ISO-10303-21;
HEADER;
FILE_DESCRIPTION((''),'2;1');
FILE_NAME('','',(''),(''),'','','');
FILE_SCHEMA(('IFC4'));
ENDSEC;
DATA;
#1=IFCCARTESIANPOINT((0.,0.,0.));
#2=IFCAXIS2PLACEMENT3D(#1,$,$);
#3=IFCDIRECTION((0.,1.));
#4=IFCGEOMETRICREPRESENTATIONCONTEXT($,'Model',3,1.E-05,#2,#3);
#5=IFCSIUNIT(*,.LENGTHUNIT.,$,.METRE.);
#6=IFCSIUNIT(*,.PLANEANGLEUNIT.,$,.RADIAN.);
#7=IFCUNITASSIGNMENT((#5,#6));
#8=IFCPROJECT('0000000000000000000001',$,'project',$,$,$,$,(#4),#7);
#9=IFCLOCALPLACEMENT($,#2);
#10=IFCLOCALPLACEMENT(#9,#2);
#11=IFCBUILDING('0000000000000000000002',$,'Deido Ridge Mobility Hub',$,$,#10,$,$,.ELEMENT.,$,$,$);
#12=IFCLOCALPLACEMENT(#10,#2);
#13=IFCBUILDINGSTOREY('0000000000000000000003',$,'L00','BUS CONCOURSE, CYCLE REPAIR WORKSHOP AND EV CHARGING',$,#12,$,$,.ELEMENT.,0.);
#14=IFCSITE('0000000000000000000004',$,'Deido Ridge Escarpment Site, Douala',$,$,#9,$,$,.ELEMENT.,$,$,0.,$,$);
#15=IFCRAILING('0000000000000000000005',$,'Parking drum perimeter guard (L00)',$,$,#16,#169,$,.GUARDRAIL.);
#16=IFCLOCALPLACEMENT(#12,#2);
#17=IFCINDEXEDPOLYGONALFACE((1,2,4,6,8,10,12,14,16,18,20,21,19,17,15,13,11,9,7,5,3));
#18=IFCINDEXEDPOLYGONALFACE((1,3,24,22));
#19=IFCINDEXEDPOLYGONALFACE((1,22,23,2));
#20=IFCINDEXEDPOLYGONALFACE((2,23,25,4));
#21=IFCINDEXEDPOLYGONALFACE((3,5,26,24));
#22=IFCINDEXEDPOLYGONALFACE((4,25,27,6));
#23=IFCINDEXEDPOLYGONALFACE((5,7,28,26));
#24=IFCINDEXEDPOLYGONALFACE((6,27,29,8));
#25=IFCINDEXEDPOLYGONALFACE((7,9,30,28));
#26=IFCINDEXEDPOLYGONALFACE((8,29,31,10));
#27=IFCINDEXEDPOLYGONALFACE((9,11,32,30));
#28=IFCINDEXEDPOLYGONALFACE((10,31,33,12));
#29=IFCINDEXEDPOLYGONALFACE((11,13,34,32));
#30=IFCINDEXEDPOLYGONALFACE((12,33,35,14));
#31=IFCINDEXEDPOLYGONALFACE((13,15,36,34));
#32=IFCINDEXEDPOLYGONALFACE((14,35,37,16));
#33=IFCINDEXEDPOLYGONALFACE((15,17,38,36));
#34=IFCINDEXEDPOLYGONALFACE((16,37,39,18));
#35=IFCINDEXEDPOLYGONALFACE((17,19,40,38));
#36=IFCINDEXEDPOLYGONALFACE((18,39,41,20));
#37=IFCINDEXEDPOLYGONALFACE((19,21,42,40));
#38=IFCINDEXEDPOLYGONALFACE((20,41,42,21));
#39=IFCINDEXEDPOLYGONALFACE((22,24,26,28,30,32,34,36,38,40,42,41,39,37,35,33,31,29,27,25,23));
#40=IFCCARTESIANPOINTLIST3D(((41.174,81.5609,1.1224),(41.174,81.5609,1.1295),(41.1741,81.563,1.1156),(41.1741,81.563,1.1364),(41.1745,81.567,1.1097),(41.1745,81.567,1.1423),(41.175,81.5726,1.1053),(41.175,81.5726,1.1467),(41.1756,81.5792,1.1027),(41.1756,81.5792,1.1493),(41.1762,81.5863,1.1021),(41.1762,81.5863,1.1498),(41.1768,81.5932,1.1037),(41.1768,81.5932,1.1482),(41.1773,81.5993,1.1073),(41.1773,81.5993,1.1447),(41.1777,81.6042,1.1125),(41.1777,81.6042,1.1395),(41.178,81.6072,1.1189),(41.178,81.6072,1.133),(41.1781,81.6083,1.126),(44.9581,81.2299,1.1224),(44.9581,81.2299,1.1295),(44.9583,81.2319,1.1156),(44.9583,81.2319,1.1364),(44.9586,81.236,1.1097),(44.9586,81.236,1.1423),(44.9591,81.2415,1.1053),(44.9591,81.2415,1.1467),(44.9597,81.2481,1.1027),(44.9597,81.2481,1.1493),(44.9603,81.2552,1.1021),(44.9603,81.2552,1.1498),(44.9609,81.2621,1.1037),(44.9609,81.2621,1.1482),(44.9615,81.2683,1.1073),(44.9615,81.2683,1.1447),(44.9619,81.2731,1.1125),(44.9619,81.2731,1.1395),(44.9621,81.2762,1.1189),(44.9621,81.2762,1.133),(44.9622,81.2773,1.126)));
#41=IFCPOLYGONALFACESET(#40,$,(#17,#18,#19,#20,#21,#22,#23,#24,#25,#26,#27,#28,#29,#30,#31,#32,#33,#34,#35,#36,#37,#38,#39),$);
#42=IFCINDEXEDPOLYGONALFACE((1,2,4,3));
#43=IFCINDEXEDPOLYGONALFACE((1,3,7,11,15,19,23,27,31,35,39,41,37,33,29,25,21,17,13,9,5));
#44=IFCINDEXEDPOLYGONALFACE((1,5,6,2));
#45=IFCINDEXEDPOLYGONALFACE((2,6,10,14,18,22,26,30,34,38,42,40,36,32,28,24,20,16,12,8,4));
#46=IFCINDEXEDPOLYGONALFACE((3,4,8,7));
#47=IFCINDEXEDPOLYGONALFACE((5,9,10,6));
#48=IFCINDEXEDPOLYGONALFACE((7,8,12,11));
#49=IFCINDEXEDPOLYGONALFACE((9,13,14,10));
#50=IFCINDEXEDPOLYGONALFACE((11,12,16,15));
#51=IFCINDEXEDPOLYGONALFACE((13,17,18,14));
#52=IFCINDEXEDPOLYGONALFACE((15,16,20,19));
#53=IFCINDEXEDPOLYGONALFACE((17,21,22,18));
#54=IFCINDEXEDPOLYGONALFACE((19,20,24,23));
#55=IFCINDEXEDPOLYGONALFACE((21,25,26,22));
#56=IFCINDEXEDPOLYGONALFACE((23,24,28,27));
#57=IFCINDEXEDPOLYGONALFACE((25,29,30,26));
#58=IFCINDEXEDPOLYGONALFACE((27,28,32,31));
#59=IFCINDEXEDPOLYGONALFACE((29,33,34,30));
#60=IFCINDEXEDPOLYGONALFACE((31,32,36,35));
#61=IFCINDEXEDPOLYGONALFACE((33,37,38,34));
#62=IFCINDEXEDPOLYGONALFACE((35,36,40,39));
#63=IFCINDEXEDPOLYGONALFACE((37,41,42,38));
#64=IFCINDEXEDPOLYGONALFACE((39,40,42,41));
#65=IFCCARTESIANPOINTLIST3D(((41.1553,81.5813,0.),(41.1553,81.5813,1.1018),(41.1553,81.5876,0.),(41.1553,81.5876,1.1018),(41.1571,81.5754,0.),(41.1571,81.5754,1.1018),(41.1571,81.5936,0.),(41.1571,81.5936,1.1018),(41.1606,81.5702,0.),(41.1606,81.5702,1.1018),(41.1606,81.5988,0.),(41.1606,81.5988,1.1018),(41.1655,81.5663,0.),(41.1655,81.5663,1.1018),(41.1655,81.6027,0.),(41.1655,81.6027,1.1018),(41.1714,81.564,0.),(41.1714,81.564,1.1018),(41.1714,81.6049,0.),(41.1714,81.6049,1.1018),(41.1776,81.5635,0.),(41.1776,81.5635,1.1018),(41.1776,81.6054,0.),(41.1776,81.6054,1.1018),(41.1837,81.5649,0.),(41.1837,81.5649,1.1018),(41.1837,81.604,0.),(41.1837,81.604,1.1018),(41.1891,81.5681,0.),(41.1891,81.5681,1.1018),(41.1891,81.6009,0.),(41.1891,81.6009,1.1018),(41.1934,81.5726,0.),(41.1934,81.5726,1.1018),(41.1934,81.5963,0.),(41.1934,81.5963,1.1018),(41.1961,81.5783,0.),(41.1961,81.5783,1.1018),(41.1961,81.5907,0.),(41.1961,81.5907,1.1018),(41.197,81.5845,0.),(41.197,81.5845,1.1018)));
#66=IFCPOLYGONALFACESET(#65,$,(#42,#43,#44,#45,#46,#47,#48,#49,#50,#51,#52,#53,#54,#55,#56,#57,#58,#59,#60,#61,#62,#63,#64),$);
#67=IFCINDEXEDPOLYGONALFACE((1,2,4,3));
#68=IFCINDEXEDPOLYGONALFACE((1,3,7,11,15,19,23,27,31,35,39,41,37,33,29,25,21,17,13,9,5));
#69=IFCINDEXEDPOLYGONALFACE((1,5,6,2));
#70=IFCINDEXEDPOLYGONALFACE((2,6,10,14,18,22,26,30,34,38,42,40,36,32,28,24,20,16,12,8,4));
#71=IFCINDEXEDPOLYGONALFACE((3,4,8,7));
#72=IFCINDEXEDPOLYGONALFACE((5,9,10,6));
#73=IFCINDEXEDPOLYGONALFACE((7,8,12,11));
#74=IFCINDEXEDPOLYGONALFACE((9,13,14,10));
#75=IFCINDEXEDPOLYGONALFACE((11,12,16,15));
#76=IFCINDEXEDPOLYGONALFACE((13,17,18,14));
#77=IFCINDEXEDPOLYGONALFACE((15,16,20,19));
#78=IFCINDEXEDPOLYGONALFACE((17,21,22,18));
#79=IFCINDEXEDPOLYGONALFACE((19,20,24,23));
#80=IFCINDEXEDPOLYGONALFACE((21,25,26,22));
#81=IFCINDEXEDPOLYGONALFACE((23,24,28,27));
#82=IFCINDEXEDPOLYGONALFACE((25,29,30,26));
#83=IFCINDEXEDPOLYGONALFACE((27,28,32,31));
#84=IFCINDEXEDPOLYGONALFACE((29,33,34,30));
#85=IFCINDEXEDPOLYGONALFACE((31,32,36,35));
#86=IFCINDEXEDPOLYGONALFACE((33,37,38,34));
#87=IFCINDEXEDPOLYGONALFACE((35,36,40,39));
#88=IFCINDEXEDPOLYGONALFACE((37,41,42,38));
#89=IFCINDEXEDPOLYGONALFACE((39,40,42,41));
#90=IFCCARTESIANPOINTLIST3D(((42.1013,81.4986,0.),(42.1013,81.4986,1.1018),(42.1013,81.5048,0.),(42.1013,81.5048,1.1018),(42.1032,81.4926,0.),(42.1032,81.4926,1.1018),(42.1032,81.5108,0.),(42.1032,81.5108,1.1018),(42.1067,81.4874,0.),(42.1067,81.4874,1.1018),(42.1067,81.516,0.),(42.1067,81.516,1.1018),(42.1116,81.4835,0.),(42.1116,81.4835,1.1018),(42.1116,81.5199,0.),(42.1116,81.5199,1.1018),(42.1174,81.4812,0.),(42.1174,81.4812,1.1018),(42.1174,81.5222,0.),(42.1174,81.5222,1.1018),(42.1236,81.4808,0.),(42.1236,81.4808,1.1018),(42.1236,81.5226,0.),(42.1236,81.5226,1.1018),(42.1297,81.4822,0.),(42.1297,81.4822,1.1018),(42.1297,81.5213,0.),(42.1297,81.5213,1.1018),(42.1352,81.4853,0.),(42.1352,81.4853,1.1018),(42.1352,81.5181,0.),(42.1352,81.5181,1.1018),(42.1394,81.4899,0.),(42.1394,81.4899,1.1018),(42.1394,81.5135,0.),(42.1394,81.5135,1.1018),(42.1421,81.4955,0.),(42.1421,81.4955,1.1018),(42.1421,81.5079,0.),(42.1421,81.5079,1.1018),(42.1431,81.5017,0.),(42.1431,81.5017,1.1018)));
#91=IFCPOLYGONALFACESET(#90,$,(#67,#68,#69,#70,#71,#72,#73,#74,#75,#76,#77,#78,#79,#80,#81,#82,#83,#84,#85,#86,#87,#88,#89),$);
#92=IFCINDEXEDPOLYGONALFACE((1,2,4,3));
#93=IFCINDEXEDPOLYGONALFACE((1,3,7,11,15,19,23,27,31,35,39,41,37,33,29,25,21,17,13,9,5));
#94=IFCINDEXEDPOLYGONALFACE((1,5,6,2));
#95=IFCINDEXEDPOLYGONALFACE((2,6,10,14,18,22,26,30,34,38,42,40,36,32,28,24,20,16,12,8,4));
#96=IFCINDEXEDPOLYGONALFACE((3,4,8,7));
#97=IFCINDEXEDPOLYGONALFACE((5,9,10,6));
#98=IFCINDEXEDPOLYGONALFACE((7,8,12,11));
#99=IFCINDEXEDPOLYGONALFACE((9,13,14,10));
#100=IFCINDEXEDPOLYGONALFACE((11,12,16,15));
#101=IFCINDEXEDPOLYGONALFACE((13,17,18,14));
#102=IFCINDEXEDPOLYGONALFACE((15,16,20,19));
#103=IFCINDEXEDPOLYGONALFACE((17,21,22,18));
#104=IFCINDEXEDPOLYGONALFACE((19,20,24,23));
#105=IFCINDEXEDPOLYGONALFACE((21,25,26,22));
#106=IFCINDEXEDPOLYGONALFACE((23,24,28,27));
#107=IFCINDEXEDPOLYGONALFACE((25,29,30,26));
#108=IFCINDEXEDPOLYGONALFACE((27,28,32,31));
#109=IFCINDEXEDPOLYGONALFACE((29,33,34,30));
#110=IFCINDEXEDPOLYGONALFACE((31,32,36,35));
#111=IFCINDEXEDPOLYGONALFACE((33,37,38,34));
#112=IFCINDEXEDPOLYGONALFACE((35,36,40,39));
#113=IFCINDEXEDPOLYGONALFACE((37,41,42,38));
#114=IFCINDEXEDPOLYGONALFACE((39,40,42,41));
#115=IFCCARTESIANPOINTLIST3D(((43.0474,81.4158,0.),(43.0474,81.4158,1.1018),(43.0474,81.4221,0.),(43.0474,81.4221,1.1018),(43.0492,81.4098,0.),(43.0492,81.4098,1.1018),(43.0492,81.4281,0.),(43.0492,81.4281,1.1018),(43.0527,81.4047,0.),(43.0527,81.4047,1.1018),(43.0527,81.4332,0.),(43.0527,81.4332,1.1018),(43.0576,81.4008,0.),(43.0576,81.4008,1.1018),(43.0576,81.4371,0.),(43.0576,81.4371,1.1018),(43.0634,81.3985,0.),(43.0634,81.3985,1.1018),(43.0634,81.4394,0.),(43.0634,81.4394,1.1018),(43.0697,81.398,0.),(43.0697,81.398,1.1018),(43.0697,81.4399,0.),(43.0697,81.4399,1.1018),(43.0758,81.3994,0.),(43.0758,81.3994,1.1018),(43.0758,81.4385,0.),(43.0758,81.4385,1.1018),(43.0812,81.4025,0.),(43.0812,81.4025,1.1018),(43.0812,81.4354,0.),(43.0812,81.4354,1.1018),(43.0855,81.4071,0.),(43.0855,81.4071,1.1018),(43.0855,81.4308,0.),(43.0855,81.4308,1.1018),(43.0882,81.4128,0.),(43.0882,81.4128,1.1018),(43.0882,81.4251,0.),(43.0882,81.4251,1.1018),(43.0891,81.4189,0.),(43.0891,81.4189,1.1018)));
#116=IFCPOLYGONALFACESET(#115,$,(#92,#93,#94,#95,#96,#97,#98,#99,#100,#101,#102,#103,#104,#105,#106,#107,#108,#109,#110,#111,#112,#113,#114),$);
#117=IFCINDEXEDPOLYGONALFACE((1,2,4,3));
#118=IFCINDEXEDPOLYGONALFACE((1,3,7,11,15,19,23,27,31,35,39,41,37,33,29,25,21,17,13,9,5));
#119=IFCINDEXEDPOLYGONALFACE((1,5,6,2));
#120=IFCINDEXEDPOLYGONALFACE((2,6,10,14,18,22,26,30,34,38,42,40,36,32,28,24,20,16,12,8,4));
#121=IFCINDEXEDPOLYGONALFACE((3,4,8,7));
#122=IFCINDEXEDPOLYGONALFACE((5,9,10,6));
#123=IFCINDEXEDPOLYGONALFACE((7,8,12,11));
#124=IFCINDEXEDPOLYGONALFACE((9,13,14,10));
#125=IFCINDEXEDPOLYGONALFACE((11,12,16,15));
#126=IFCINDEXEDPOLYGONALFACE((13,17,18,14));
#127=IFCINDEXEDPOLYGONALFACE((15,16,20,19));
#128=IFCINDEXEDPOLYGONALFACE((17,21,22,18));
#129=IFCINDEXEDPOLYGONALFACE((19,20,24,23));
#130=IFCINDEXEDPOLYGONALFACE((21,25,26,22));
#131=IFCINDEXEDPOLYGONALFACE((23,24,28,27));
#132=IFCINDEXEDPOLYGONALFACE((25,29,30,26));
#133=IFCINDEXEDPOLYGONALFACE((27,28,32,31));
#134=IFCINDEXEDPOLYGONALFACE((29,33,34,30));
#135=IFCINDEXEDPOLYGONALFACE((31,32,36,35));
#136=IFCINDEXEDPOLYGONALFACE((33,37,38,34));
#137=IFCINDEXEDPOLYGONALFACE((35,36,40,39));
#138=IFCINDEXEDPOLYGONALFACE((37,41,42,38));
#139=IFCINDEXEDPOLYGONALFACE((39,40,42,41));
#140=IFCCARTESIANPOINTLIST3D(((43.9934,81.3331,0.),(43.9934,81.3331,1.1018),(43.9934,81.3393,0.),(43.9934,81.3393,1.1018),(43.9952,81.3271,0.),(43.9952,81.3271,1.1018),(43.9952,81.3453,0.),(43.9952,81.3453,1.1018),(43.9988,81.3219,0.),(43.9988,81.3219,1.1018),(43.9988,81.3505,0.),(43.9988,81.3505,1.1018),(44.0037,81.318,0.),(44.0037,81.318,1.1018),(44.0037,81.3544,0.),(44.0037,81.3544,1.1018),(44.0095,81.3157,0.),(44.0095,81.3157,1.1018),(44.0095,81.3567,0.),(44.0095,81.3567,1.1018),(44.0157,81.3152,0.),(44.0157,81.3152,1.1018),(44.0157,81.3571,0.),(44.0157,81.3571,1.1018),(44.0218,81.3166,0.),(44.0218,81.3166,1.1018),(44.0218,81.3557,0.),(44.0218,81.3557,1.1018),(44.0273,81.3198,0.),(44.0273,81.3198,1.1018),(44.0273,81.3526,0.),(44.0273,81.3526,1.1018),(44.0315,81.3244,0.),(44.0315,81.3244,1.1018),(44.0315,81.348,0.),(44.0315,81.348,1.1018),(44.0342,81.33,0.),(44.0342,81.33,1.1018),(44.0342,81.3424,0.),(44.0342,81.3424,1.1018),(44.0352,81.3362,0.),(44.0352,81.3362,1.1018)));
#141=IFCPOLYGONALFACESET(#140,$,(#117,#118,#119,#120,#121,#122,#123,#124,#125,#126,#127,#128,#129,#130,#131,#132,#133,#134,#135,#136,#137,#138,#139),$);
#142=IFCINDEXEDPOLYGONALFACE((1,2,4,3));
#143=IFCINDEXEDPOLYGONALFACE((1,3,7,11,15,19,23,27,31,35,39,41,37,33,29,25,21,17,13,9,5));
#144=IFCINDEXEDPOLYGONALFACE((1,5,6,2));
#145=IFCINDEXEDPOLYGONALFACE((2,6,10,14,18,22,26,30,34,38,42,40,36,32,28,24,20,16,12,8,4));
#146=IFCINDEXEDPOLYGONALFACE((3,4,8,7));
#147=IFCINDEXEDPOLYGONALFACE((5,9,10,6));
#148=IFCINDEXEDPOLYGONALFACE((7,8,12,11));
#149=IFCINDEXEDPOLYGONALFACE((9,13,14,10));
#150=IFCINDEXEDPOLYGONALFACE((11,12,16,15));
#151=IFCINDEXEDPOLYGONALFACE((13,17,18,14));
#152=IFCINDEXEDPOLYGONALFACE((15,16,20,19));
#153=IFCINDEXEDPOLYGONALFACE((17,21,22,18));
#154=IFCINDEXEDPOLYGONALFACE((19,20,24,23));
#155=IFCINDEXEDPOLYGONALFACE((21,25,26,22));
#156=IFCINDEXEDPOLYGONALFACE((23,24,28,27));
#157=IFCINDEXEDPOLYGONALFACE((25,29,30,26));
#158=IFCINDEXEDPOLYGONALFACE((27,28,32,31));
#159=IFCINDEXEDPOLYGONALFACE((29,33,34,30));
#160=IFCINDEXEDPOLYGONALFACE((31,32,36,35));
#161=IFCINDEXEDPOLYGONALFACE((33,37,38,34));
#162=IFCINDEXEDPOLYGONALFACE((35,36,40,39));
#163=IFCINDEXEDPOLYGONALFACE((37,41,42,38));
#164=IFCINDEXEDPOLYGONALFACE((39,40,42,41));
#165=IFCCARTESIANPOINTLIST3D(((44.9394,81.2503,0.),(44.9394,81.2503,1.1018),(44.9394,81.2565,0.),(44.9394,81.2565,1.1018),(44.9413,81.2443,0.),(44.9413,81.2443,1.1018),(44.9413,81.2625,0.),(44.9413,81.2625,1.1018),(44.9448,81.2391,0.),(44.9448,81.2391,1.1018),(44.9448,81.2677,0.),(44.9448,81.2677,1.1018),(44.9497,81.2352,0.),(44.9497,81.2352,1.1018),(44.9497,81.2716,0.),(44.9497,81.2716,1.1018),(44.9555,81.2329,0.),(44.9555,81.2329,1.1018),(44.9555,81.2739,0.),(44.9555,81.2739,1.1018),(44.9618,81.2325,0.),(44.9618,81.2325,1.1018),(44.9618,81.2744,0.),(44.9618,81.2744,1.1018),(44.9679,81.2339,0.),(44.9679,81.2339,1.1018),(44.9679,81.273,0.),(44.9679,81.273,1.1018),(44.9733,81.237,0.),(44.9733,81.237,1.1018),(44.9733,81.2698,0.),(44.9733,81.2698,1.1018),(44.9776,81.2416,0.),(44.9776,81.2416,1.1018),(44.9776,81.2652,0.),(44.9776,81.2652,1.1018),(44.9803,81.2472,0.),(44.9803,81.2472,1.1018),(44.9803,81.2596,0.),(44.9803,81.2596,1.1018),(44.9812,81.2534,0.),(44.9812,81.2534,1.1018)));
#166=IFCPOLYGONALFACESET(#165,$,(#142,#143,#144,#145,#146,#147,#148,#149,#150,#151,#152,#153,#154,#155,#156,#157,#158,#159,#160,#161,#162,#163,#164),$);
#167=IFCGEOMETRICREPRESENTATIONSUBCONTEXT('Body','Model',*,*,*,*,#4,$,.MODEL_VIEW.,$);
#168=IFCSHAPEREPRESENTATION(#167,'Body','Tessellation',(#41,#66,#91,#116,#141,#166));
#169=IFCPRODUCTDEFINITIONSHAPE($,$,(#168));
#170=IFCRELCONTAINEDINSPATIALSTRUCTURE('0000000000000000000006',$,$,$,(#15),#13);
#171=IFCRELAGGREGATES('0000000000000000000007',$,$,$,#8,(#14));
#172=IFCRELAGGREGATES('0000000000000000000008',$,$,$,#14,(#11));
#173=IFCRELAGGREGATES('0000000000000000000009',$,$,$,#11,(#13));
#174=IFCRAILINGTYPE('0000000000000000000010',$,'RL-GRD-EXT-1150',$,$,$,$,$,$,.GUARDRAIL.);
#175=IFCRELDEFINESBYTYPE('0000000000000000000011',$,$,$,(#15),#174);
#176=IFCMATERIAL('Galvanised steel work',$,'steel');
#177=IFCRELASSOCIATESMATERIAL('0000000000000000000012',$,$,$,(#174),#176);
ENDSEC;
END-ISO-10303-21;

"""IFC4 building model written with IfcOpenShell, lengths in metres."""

from ifc_helpers import new_model, si_unit, direction, frame, origin, origin_2d, place, context, subcontext, project, spatial, circle, extrude, material, type_object, element, save


model = new_model("IFC4")

# Units and contexts
model_context = context("Model", 3, precision=1e-05, world=origin(), true_north=direction((0.0, 1.0)))
body_context = subcontext(model_context, "Body", "Model", "MODEL_VIEW")
ifc_project = project(units=[si_unit("LENGTHUNIT", "METRE"), si_unit("PLANEANGLEUNIT", "RADIAN")], contexts=[model_context])

# Site, building, storey
site_placement = place(None, origin())
site = spatial("IfcSite", under=ifc_project, at=site_placement, Name="Deido Ridge Escarpment Site, Douala", CompositionType="ELEMENT", RefElevation=0.0)
building_placement = place(site_placement, origin())
building = spatial("IfcBuilding", under=site, at=building_placement, Name="Deido Ridge Mobility Hub", CompositionType="ELEMENT")
storey_placement = place(building_placement, origin())
storey = spatial("IfcBuildingStorey", under=building, at=storey_placement, Name="L00", Description="BUS CONCOURSE, CYCLE REPAIR WORKSHOP AND EV CHARGING", CompositionType="ELEMENT", Elevation=0.0)

# Railing
ifc_material_1 = material(Name="Galvanised steel work", Category="steel")
railing_type = type_object("IfcRailingType", Name="RL-GRD-EXT-1150", PredefinedType="GUARDRAIL", material=ifc_material_1)
railing_placement = place(storey_placement, frame((41.176, 81.5845, 0.0)))
element("IfcRailing", 1, at=railing_placement, inside=storey, type_object=railing_type, Name="Parking drum perimeter guard (L00)", PredefinedType="GUARDRAIL", context=body_context, shape_type="SweptSolid", body=[
    extrude(circle(Radius=0.0239, at=origin_2d()), frame((0.0, 0.0, 1.126), z_axis=(0.996195, -0.087151, 0.0), x_axis=(0.087151, 0.996195, 0.0)), (0.0, 0.0, 1.0), 3.7986),
    extrude(circle(Radius=0.021, at=origin_2d()), origin(), (0.0, 0.0, 1.0), 1.1018),
    extrude(circle(Radius=0.021, at=origin_2d()), frame((0.946, -0.0828, 0.0)), (0.0, 0.0, 1.0), 1.1018),
    extrude(circle(Radius=0.021, at=origin_2d()), frame((1.8921, -0.1655, 0.0)), (0.0, 0.0, 1.0), 1.1018),
    extrude(circle(Radius=0.021, at=origin_2d()), frame((2.8381, -0.2483, 0.0)), (0.0, 0.0, 1.0), 1.1018),
    extrude(circle(Radius=0.021, at=origin_2d()), frame((3.7842, -0.3311, 0.0)), (0.0, 0.0, 1.0), 1.1018),
])

save(model, "model.ifc")
